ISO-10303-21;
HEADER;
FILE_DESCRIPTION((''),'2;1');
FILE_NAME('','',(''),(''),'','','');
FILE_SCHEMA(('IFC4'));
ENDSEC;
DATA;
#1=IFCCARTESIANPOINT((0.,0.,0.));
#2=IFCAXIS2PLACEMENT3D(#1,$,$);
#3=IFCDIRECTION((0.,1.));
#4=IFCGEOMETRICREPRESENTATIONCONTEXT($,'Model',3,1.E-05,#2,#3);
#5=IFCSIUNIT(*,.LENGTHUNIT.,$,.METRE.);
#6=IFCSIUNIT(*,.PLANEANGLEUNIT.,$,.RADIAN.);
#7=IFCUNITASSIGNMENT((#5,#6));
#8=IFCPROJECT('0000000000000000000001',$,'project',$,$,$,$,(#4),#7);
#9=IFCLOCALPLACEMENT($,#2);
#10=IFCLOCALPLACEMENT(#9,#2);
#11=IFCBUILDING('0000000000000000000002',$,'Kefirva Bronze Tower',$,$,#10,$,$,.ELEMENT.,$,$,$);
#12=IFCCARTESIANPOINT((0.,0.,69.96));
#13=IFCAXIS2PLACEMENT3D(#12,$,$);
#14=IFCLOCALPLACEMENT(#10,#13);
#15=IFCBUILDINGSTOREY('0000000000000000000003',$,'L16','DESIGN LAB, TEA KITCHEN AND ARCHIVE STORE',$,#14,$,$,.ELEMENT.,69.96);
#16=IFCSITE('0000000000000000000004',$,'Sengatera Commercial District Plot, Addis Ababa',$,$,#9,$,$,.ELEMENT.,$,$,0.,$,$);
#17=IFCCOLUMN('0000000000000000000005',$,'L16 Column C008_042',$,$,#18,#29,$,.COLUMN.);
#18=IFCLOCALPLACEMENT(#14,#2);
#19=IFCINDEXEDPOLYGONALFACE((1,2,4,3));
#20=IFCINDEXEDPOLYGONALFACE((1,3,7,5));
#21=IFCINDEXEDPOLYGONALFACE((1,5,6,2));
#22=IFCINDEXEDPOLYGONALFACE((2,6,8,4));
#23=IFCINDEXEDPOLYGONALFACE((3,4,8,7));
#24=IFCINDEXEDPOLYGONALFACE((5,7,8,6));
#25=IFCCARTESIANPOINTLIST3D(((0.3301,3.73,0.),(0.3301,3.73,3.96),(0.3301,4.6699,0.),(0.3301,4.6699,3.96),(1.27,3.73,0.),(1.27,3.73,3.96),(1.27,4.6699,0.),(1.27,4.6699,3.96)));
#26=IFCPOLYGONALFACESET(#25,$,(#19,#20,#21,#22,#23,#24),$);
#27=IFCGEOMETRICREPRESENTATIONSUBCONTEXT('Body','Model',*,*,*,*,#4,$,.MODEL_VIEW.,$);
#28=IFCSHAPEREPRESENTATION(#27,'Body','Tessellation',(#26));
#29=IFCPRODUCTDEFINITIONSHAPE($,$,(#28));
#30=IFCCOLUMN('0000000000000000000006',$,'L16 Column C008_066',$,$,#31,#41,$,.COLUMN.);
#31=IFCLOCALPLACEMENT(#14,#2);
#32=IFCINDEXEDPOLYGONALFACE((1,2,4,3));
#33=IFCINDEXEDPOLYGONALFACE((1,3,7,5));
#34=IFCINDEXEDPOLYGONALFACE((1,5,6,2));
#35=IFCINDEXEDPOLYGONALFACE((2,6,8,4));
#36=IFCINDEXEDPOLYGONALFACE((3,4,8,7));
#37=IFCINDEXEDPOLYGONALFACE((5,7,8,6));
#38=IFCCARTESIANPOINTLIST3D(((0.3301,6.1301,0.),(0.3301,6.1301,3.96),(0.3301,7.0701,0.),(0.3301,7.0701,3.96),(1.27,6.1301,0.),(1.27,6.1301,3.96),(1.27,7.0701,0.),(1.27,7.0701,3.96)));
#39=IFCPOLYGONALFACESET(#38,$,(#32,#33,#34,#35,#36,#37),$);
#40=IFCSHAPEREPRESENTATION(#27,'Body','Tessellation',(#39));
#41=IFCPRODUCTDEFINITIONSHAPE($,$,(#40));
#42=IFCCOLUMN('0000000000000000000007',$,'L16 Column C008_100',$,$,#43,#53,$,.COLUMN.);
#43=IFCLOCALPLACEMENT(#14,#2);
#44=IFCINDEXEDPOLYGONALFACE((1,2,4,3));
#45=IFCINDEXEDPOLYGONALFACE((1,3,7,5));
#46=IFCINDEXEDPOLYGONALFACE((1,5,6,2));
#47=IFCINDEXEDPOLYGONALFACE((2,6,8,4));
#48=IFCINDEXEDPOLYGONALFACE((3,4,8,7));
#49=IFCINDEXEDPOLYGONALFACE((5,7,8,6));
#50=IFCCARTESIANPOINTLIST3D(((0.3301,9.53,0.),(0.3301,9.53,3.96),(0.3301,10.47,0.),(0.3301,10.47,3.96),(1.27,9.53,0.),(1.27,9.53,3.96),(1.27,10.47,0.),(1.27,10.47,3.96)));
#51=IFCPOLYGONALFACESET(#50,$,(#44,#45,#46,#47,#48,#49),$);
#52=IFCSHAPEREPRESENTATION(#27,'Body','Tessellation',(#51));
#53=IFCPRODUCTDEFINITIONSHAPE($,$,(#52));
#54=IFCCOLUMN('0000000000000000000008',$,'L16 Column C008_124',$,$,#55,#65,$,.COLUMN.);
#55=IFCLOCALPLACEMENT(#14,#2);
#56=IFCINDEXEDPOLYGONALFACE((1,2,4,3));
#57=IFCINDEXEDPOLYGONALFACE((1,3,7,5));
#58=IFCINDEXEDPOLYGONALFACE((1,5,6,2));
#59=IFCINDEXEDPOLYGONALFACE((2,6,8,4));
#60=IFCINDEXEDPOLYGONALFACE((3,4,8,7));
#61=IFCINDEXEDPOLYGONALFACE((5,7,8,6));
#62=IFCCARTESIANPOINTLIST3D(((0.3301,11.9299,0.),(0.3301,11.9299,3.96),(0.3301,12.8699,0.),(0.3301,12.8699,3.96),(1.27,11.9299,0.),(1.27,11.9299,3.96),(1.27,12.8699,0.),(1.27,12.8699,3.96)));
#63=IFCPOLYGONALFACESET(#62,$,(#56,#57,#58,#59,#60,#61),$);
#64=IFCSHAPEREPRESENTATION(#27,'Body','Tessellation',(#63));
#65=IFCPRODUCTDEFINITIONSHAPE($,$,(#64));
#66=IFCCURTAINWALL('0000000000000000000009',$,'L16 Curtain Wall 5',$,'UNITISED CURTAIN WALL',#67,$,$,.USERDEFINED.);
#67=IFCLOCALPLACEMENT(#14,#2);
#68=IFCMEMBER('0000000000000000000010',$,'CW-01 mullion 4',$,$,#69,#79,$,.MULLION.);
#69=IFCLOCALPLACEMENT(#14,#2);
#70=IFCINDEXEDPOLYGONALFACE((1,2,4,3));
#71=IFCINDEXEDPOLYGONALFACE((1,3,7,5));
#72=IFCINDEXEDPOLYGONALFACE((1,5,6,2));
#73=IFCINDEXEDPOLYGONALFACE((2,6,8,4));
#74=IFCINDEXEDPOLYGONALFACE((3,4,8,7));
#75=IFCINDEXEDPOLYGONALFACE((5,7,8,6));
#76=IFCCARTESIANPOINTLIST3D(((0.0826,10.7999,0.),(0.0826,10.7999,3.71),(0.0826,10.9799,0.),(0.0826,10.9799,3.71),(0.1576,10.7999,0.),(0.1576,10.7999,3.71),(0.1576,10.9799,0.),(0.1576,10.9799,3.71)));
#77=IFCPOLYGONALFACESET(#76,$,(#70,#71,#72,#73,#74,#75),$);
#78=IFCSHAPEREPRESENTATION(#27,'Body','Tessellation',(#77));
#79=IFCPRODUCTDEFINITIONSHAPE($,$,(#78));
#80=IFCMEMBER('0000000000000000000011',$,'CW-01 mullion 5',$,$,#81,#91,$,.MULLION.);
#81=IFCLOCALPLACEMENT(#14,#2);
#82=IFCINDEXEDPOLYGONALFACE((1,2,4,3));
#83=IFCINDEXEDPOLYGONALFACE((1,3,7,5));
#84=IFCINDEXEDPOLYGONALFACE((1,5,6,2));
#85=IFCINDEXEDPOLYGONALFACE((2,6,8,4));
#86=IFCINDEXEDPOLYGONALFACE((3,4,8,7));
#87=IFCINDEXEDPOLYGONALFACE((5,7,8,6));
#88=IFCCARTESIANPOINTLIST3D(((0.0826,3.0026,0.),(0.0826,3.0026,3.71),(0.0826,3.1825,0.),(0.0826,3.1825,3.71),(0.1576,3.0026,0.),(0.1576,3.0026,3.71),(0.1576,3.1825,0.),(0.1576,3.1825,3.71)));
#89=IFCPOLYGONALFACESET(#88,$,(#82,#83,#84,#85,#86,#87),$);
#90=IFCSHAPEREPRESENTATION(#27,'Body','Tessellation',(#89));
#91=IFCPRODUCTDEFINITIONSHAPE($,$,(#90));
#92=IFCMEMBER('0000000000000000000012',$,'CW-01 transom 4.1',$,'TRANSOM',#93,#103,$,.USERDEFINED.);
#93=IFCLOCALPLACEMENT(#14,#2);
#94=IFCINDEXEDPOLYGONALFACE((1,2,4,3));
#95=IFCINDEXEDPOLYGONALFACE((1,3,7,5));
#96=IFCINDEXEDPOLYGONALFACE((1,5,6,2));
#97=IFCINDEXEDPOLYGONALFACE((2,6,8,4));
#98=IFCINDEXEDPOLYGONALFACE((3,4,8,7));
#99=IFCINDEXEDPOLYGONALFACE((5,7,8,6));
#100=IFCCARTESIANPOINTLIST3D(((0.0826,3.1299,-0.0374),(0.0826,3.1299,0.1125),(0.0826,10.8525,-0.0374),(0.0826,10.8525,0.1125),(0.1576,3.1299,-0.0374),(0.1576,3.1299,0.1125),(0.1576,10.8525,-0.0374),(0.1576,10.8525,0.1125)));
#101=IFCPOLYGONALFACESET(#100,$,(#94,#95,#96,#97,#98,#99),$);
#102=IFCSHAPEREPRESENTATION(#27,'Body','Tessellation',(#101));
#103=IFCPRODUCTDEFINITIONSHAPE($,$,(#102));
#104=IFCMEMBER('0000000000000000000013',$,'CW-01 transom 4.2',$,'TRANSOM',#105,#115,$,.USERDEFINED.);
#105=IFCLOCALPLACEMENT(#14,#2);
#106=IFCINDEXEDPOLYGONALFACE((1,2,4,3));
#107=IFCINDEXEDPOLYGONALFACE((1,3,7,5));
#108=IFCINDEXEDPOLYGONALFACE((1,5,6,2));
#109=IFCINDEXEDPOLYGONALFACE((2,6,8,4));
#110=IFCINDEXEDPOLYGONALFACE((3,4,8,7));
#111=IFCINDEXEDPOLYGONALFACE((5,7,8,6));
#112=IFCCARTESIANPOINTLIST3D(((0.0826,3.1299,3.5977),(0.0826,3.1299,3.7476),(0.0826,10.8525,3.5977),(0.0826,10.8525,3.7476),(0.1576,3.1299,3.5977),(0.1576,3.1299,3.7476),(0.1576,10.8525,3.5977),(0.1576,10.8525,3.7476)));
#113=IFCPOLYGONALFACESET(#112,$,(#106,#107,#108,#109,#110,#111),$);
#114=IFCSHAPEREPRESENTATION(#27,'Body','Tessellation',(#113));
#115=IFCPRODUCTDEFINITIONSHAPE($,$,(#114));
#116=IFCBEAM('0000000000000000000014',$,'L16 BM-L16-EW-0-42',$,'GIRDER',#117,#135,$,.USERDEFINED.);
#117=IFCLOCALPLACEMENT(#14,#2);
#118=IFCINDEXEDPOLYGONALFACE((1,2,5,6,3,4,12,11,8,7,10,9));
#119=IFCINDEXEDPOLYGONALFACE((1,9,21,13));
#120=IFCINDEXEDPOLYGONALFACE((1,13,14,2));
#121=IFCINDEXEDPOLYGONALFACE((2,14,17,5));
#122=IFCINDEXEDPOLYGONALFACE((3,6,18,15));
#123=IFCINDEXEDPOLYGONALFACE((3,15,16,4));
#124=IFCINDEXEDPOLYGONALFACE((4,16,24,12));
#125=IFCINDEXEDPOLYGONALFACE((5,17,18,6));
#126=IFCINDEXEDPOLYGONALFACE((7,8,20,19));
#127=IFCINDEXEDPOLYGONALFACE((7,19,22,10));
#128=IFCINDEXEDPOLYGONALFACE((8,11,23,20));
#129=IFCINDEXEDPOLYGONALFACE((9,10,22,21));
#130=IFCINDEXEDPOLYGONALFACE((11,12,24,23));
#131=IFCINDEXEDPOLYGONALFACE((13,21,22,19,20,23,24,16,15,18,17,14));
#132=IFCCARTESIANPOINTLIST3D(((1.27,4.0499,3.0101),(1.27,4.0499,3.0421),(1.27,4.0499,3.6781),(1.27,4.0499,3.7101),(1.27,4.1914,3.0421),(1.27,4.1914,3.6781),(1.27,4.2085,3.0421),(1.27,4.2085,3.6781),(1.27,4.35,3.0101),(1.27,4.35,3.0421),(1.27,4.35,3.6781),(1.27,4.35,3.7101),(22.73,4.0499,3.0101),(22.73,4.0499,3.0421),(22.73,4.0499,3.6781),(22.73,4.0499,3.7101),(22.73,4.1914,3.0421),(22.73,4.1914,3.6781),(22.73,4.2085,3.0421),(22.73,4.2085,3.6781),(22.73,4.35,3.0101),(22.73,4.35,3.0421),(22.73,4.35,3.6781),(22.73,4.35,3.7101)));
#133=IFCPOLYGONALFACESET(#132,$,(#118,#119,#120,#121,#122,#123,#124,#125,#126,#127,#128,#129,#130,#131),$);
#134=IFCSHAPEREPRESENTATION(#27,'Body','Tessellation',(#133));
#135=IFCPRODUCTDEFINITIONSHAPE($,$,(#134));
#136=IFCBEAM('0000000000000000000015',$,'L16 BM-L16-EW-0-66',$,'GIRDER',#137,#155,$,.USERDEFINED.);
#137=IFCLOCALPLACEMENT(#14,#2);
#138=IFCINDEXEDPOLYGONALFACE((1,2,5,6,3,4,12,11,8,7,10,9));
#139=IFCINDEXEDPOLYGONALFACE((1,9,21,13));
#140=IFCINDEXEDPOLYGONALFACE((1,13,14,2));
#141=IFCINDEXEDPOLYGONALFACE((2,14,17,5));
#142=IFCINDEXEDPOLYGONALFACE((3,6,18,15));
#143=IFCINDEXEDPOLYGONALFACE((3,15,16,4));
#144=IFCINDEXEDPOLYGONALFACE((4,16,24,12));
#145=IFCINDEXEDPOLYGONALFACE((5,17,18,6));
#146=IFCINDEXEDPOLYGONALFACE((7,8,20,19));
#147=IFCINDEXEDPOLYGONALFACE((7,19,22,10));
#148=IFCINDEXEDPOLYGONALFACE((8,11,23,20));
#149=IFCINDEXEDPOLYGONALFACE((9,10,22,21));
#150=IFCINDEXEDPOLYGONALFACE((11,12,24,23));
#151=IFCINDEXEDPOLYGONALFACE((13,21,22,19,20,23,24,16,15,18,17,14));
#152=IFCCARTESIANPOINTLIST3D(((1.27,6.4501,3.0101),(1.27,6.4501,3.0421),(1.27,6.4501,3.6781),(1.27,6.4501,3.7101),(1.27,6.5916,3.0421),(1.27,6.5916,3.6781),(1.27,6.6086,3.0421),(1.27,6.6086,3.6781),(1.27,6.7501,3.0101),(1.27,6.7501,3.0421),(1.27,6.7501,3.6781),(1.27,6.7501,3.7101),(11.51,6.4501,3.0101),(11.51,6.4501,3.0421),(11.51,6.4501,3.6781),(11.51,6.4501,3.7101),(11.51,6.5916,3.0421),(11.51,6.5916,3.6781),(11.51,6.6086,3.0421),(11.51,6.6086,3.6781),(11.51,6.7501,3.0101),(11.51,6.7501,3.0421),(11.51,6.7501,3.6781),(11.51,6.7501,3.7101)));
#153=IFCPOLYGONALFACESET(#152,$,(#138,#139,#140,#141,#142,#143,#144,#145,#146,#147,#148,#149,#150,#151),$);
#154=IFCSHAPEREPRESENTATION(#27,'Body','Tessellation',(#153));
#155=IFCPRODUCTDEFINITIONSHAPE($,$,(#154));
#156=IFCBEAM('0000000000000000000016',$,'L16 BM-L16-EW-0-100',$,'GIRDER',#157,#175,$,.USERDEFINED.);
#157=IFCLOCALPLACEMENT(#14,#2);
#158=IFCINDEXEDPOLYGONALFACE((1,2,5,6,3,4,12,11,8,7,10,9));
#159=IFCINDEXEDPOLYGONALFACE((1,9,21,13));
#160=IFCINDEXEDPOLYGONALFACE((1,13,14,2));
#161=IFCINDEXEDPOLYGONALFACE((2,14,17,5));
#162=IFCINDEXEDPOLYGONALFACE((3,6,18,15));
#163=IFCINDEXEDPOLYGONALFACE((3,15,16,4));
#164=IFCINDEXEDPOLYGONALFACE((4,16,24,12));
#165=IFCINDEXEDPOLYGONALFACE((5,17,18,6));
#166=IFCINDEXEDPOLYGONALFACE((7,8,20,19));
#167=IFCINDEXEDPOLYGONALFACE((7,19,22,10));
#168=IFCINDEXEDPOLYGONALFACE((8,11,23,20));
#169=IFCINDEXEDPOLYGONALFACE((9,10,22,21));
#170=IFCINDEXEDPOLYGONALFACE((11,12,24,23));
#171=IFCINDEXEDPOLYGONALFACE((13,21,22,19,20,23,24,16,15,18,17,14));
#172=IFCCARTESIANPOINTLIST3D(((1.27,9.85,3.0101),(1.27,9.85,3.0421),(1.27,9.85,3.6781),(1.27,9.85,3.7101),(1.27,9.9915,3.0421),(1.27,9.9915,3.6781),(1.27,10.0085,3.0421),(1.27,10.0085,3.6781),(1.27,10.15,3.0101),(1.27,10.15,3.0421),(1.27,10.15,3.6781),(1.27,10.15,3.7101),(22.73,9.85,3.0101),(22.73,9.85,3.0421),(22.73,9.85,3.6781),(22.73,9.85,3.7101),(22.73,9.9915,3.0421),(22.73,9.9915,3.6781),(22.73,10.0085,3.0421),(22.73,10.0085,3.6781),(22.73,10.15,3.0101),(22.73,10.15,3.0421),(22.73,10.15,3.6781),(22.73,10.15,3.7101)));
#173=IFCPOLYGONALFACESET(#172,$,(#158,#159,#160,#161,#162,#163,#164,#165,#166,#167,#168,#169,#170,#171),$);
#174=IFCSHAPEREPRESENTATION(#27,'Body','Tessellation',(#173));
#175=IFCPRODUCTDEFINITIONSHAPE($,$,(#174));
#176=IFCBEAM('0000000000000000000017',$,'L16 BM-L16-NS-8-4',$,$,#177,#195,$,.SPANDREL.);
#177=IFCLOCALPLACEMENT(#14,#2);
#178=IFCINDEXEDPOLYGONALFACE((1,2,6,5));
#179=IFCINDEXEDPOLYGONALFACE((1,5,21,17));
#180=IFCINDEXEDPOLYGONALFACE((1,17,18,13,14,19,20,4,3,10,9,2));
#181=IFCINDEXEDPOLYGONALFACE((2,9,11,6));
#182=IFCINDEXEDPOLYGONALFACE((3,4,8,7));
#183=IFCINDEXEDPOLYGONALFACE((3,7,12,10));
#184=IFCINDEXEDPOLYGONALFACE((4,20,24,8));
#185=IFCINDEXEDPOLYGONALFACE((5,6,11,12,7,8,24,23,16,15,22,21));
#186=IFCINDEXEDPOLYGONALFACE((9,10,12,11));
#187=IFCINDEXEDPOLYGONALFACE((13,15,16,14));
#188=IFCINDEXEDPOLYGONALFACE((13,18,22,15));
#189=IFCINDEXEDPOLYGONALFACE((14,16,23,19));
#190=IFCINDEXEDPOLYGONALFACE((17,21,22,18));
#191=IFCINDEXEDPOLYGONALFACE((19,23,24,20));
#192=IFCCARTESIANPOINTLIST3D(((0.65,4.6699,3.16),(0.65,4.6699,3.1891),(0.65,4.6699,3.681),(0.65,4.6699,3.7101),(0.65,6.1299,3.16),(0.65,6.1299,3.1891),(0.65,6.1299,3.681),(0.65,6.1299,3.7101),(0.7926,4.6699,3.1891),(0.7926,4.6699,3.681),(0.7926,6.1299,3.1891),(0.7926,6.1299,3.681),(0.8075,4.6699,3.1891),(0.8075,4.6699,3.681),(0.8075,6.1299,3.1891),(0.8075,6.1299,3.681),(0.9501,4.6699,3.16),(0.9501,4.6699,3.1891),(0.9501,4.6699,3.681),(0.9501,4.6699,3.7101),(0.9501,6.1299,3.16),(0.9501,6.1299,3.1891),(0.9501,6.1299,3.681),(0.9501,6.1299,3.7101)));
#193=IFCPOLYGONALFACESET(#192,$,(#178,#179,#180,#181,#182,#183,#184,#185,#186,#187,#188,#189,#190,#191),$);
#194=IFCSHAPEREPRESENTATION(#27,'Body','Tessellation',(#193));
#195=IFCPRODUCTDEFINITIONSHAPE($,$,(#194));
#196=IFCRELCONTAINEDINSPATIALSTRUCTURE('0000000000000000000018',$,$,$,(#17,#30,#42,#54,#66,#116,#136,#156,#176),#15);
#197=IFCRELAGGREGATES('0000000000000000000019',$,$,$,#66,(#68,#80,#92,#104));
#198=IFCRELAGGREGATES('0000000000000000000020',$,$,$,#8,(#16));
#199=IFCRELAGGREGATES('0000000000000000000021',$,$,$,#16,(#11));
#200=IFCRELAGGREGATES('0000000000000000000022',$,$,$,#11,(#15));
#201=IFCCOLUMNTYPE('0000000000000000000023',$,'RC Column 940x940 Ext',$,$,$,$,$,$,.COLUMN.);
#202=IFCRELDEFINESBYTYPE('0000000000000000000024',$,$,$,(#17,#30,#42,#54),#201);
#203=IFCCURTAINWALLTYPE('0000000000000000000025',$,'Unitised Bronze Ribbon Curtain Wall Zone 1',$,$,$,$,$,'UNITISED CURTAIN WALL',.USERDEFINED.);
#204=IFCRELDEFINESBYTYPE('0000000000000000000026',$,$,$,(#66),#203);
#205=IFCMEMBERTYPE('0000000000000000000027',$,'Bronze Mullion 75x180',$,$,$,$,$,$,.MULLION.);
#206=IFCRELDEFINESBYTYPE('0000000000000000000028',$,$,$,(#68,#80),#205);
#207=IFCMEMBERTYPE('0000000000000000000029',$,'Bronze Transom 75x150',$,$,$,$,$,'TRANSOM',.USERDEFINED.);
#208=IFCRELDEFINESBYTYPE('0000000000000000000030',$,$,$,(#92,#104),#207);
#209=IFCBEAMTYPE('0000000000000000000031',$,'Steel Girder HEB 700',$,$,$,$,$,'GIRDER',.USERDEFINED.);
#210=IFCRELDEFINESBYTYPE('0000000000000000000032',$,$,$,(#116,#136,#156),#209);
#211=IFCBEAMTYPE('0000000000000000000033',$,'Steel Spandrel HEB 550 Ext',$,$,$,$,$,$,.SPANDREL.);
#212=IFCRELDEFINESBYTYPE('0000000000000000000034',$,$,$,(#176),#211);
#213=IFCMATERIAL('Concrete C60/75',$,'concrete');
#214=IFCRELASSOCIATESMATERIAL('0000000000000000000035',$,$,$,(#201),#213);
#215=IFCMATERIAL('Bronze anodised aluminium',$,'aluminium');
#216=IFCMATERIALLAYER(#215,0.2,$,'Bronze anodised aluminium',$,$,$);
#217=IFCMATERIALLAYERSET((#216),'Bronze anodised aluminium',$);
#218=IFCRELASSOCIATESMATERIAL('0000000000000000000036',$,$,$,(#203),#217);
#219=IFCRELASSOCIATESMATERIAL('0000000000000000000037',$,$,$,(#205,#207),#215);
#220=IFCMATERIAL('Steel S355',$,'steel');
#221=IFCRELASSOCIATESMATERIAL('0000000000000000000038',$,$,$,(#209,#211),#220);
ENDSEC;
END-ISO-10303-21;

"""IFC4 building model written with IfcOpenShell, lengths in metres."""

from ifc_helpers import new_model, si_unit, direction, frame, origin, origin_2d, place, context, subcontext, project, spatial, rectangle, i_section, extrude, material, layer, layer_set, material_profile, profile_set, type_object, element, aggregate, save


model = new_model("IFC4")

# Units and contexts
model_context = context("Model", 3, precision=1e-05, world=origin(), true_north=direction((0.0, 1.0)))
body_context = subcontext(model_context, "Body", "Model", "MODEL_VIEW")
ifc_project = project(units=[si_unit("LENGTHUNIT", "METRE"), si_unit("PLANEANGLEUNIT", "RADIAN")], contexts=[model_context])

# Site, building, storey
site_placement = place(None, origin())
site = spatial("IfcSite", under=ifc_project, at=site_placement, Name="Sengatera Commercial District Plot, Addis Ababa", CompositionType="ELEMENT", RefElevation=0.0)
building_placement = place(site_placement, origin())
building = spatial("IfcBuilding", under=site, at=building_placement, Name="Kefirva Bronze Tower", CompositionType="ELEMENT")
storey_placement = place(building_placement, frame((0.0, 0.0, 69.96)))
storey = spatial("IfcBuildingStorey", under=building, at=storey_placement, Name="L16", Description="DESIGN LAB, TEA KITCHEN AND ARCHIVE STORE", CompositionType="ELEMENT", Elevation=69.96)

# Columns
ifc_material_1 = material(Name="Concrete C60/75", Category="concrete")
ifc_material_profile_1 = material_profile(ifc_material_1, rectangle(XDim=0.9399, YDim=0.9399, at=origin_2d()), Name="RC 940x940")
ifc_profile_set_1 = profile_set([ifc_material_profile_1], Name="Concrete C60/75")
column_type = type_object("IfcColumnType", Name="RC Column 940x940 Ext", PredefinedType="COLUMN", material=ifc_profile_set_1)
for number, where, z_axis, x_axis, name in (
    (1, (0.8, 4.2, 0.0), (0.0, 0.0, 1.0), (1.0, 0.0, 0.0), "L16 Column C008_042"),
    (2, (0.8, 6.6001, 0.0), (0.0, 0.0, 1.0), (1.0, 0.0, 0.0), "L16 Column C008_066"),
    (3, (0.8, 10.0, 0.0), (0.0, 0.0, 1.0), (1.0, 0.0, 0.0), "L16 Column C008_100"),
    (4, (0.8, 12.3999, 0.0), (0.0, 0.0, 1.0), (1.0, 0.0, 0.0), "L16 Column C008_124"),
):
    element("IfcColumn", number, at=place(storey_placement, frame(where, z_axis=z_axis, x_axis=x_axis)), inside=storey, type_object=column_type, Name=name, PredefinedType="COLUMN", context=body_context, shape_type="SweptSolid", body=[
        extrude(rectangle(XDim=0.9399, YDim=0.9399, at=origin_2d()), origin(), (0.0, 0.0, 1.0), 3.96),
    ])

# Curtain wall, members
ifc_material_2 = material(Name="Bronze anodised aluminium", Category="aluminium")
ifc_layer_1 = layer(ifc_material_2, 0.2, Name="Bronze anodised aluminium")
ifc_layer_set_1 = layer_set([ifc_layer_1], Name="Bronze anodised aluminium")
curtain_wall_type = type_object("IfcCurtainWallType", Name="Unitised Bronze Ribbon Curtain Wall Zone 1", ElementType="UNITISED CURTAIN WALL", PredefinedType="USERDEFINED", material=ifc_layer_set_1)
curtain_wall_placement = place(storey_placement, origin())
curtain_wall = element("IfcCurtainWall", 5, at=curtain_wall_placement, inside=storey, type_object=curtain_wall_type, Name="L16 Curtain Wall 5", ObjectType="UNITISED CURTAIN WALL", PredefinedType="USERDEFINED")
ifc_material_profile_2 = material_profile(ifc_material_2, rectangle(XDim=0.075, YDim=0.1799, at=origin_2d()), Name="ALU 75x180")
ifc_profile_set_2 = profile_set([ifc_material_profile_2], Name="Bronze anodised aluminium")
member_type_1 = type_object("IfcMemberType", Name="Bronze Mullion 75x180", PredefinedType="MULLION", material=ifc_profile_set_2)
member_1_placement = place(storey_placement, frame((0.1201, 10.8899, 0.0), z_axis=(0.0, 0.0, 1.0), x_axis=(1.0, 0.0, 0.0)))
member_1 = element("IfcMember", 6, at=member_1_placement, type_object=member_type_1, Name="CW-01 mullion 4", PredefinedType="MULLION", context=body_context, shape_type="SweptSolid", body=[
    extrude(rectangle(XDim=0.075, YDim=0.1799, at=origin_2d()), origin(), (0.0, 0.0, 1.0), 3.71),
])
member_2_placement = place(storey_placement, frame((0.1201, 3.0925, 0.0), z_axis=(0.0, 0.0, 1.0), x_axis=(1.0, 0.0, 0.0)))
member_2 = element("IfcMember", 7, at=member_2_placement, type_object=member_type_1, Name="CW-01 mullion 5", PredefinedType="MULLION", context=body_context, shape_type="SweptSolid", body=[
    extrude(rectangle(XDim=0.075, YDim=0.1799, at=origin_2d()), origin(), (0.0, 0.0, 1.0), 3.71),
])
ifc_material_profile_3 = material_profile(ifc_material_2, rectangle(XDim=0.075, YDim=0.1499, at=origin_2d()), Name="ALU 75x150")
ifc_profile_set_3 = profile_set([ifc_material_profile_3], Name="Bronze anodised aluminium")
member_type_2 = type_object("IfcMemberType", Name="Bronze Transom 75x150", ElementType="TRANSOM", PredefinedType="USERDEFINED", material=ifc_profile_set_3)
member_3_placement = place(storey_placement, frame((0.1201, 10.8525, 0.0376), z_axis=(0.0, -1.0, 0.0), x_axis=(1.0, 0.0, 0.0)))
member_3 = element("IfcMember", 8, at=member_3_placement, type_object=member_type_2, Name="CW-01 transom 4.1", ObjectType="TRANSOM", PredefinedType="USERDEFINED", context=body_context, shape_type="SweptSolid", body=[
    extrude(rectangle(XDim=0.075, YDim=0.1499, at=origin_2d()), origin(), (0.0, 0.0, 1.0), 7.7227),
])
member_4_placement = place(storey_placement, frame((0.1201, 10.8525, 3.6726), z_axis=(0.0, -1.0, 0.0), x_axis=(1.0, 0.0, 0.0)))
member_4 = element("IfcMember", 9, at=member_4_placement, type_object=member_type_2, Name="CW-01 transom 4.2", ObjectType="TRANSOM", PredefinedType="USERDEFINED", context=body_context, shape_type="SweptSolid", body=[
    extrude(rectangle(XDim=0.075, YDim=0.1499, at=origin_2d()), origin(), (0.0, 0.0, 1.0), 7.7227),
])

# Beams
ifc_material_3 = material(Name="Steel S355", Category="steel")
ifc_material_profile_4 = material_profile(ifc_material_3, i_section(OverallWidth=0.3, OverallDepth=0.7, WebThickness=0.0171, FlangeThickness=0.032, at=origin_2d()), Name="HEB 700")
ifc_profile_set_4 = profile_set([ifc_material_profile_4], Name="Steel S355")
beam_type_1 = type_object("IfcBeamType", Name="Steel Girder HEB 700", ElementType="GIRDER", PredefinedType="USERDEFINED", material=ifc_profile_set_4)
beam_1_placement = place(storey_placement, frame((1.27, 4.2, 3.3601), z_axis=(1.0, 0.0, 0.0), x_axis=(0.0, 1.0, 0.0)))
element("IfcBeam", 10, at=beam_1_placement, inside=storey, type_object=beam_type_1, Name="L16 BM-L16-EW-0-42", ObjectType="GIRDER", PredefinedType="USERDEFINED", context=body_context, shape_type="SweptSolid", body=[
    extrude(i_section(OverallWidth=0.3, OverallDepth=0.7, WebThickness=0.0171, FlangeThickness=0.032, at=origin_2d()), origin(), (0.0, 0.0, 1.0), 21.46),
])
beam_2_placement = place(storey_placement, frame((1.27, 6.6001, 3.3601), z_axis=(1.0, 0.0, 0.0), x_axis=(0.0, 1.0, 0.0)))
element("IfcBeam", 11, at=beam_2_placement, inside=storey, type_object=beam_type_1, Name="L16 BM-L16-EW-0-66", ObjectType="GIRDER", PredefinedType="USERDEFINED", context=body_context, shape_type="SweptSolid", body=[
    extrude(i_section(OverallWidth=0.3, OverallDepth=0.7, WebThickness=0.0171, FlangeThickness=0.032, at=origin_2d()), origin(), (0.0, 0.0, 1.0), 10.24),
])
beam_3_placement = place(storey_placement, frame((1.27, 10.0, 3.3601), z_axis=(1.0, 0.0, 0.0), x_axis=(0.0, 1.0, 0.0)))
element("IfcBeam", 12, at=beam_3_placement, inside=storey, type_object=beam_type_1, Name="L16 BM-L16-EW-0-100", ObjectType="GIRDER", PredefinedType="USERDEFINED", context=body_context, shape_type="SweptSolid", body=[
    extrude(i_section(OverallWidth=0.3, OverallDepth=0.7, WebThickness=0.0171, FlangeThickness=0.032, at=origin_2d()), origin(), (0.0, 0.0, 1.0), 21.46),
])
ifc_material_profile_5 = material_profile(ifc_material_3, i_section(OverallWidth=0.3, OverallDepth=0.55, WebThickness=0.0149, FlangeThickness=0.0291, at=origin_2d()), Name="HEB 550")
ifc_profile_set_5 = profile_set([ifc_material_profile_5], Name="Steel S355")
beam_type_2 = type_object("IfcBeamType", Name="Steel Spandrel HEB 550 Ext", PredefinedType="SPANDREL", material=ifc_profile_set_5)
beam_4_placement = place(storey_placement, frame((0.8, 4.6699, 3.4351), z_axis=(0.0, 1.0, 0.0), x_axis=(-1.0, 0.0, 0.0)))
element("IfcBeam", 13, at=beam_4_placement, inside=storey, type_object=beam_type_2, Name="L16 BM-L16-NS-8-4", PredefinedType="SPANDREL", context=body_context, shape_type="SweptSolid", body=[
    extrude(i_section(OverallWidth=0.3, OverallDepth=0.55, WebThickness=0.0149, FlangeThickness=0.0291, at=origin_2d()), origin(), (0.0, 0.0, 1.0), 1.46),
])

aggregate(curtain_wall, [member_1, member_2, member_3, member_4])

save(model, "model.ifc")
